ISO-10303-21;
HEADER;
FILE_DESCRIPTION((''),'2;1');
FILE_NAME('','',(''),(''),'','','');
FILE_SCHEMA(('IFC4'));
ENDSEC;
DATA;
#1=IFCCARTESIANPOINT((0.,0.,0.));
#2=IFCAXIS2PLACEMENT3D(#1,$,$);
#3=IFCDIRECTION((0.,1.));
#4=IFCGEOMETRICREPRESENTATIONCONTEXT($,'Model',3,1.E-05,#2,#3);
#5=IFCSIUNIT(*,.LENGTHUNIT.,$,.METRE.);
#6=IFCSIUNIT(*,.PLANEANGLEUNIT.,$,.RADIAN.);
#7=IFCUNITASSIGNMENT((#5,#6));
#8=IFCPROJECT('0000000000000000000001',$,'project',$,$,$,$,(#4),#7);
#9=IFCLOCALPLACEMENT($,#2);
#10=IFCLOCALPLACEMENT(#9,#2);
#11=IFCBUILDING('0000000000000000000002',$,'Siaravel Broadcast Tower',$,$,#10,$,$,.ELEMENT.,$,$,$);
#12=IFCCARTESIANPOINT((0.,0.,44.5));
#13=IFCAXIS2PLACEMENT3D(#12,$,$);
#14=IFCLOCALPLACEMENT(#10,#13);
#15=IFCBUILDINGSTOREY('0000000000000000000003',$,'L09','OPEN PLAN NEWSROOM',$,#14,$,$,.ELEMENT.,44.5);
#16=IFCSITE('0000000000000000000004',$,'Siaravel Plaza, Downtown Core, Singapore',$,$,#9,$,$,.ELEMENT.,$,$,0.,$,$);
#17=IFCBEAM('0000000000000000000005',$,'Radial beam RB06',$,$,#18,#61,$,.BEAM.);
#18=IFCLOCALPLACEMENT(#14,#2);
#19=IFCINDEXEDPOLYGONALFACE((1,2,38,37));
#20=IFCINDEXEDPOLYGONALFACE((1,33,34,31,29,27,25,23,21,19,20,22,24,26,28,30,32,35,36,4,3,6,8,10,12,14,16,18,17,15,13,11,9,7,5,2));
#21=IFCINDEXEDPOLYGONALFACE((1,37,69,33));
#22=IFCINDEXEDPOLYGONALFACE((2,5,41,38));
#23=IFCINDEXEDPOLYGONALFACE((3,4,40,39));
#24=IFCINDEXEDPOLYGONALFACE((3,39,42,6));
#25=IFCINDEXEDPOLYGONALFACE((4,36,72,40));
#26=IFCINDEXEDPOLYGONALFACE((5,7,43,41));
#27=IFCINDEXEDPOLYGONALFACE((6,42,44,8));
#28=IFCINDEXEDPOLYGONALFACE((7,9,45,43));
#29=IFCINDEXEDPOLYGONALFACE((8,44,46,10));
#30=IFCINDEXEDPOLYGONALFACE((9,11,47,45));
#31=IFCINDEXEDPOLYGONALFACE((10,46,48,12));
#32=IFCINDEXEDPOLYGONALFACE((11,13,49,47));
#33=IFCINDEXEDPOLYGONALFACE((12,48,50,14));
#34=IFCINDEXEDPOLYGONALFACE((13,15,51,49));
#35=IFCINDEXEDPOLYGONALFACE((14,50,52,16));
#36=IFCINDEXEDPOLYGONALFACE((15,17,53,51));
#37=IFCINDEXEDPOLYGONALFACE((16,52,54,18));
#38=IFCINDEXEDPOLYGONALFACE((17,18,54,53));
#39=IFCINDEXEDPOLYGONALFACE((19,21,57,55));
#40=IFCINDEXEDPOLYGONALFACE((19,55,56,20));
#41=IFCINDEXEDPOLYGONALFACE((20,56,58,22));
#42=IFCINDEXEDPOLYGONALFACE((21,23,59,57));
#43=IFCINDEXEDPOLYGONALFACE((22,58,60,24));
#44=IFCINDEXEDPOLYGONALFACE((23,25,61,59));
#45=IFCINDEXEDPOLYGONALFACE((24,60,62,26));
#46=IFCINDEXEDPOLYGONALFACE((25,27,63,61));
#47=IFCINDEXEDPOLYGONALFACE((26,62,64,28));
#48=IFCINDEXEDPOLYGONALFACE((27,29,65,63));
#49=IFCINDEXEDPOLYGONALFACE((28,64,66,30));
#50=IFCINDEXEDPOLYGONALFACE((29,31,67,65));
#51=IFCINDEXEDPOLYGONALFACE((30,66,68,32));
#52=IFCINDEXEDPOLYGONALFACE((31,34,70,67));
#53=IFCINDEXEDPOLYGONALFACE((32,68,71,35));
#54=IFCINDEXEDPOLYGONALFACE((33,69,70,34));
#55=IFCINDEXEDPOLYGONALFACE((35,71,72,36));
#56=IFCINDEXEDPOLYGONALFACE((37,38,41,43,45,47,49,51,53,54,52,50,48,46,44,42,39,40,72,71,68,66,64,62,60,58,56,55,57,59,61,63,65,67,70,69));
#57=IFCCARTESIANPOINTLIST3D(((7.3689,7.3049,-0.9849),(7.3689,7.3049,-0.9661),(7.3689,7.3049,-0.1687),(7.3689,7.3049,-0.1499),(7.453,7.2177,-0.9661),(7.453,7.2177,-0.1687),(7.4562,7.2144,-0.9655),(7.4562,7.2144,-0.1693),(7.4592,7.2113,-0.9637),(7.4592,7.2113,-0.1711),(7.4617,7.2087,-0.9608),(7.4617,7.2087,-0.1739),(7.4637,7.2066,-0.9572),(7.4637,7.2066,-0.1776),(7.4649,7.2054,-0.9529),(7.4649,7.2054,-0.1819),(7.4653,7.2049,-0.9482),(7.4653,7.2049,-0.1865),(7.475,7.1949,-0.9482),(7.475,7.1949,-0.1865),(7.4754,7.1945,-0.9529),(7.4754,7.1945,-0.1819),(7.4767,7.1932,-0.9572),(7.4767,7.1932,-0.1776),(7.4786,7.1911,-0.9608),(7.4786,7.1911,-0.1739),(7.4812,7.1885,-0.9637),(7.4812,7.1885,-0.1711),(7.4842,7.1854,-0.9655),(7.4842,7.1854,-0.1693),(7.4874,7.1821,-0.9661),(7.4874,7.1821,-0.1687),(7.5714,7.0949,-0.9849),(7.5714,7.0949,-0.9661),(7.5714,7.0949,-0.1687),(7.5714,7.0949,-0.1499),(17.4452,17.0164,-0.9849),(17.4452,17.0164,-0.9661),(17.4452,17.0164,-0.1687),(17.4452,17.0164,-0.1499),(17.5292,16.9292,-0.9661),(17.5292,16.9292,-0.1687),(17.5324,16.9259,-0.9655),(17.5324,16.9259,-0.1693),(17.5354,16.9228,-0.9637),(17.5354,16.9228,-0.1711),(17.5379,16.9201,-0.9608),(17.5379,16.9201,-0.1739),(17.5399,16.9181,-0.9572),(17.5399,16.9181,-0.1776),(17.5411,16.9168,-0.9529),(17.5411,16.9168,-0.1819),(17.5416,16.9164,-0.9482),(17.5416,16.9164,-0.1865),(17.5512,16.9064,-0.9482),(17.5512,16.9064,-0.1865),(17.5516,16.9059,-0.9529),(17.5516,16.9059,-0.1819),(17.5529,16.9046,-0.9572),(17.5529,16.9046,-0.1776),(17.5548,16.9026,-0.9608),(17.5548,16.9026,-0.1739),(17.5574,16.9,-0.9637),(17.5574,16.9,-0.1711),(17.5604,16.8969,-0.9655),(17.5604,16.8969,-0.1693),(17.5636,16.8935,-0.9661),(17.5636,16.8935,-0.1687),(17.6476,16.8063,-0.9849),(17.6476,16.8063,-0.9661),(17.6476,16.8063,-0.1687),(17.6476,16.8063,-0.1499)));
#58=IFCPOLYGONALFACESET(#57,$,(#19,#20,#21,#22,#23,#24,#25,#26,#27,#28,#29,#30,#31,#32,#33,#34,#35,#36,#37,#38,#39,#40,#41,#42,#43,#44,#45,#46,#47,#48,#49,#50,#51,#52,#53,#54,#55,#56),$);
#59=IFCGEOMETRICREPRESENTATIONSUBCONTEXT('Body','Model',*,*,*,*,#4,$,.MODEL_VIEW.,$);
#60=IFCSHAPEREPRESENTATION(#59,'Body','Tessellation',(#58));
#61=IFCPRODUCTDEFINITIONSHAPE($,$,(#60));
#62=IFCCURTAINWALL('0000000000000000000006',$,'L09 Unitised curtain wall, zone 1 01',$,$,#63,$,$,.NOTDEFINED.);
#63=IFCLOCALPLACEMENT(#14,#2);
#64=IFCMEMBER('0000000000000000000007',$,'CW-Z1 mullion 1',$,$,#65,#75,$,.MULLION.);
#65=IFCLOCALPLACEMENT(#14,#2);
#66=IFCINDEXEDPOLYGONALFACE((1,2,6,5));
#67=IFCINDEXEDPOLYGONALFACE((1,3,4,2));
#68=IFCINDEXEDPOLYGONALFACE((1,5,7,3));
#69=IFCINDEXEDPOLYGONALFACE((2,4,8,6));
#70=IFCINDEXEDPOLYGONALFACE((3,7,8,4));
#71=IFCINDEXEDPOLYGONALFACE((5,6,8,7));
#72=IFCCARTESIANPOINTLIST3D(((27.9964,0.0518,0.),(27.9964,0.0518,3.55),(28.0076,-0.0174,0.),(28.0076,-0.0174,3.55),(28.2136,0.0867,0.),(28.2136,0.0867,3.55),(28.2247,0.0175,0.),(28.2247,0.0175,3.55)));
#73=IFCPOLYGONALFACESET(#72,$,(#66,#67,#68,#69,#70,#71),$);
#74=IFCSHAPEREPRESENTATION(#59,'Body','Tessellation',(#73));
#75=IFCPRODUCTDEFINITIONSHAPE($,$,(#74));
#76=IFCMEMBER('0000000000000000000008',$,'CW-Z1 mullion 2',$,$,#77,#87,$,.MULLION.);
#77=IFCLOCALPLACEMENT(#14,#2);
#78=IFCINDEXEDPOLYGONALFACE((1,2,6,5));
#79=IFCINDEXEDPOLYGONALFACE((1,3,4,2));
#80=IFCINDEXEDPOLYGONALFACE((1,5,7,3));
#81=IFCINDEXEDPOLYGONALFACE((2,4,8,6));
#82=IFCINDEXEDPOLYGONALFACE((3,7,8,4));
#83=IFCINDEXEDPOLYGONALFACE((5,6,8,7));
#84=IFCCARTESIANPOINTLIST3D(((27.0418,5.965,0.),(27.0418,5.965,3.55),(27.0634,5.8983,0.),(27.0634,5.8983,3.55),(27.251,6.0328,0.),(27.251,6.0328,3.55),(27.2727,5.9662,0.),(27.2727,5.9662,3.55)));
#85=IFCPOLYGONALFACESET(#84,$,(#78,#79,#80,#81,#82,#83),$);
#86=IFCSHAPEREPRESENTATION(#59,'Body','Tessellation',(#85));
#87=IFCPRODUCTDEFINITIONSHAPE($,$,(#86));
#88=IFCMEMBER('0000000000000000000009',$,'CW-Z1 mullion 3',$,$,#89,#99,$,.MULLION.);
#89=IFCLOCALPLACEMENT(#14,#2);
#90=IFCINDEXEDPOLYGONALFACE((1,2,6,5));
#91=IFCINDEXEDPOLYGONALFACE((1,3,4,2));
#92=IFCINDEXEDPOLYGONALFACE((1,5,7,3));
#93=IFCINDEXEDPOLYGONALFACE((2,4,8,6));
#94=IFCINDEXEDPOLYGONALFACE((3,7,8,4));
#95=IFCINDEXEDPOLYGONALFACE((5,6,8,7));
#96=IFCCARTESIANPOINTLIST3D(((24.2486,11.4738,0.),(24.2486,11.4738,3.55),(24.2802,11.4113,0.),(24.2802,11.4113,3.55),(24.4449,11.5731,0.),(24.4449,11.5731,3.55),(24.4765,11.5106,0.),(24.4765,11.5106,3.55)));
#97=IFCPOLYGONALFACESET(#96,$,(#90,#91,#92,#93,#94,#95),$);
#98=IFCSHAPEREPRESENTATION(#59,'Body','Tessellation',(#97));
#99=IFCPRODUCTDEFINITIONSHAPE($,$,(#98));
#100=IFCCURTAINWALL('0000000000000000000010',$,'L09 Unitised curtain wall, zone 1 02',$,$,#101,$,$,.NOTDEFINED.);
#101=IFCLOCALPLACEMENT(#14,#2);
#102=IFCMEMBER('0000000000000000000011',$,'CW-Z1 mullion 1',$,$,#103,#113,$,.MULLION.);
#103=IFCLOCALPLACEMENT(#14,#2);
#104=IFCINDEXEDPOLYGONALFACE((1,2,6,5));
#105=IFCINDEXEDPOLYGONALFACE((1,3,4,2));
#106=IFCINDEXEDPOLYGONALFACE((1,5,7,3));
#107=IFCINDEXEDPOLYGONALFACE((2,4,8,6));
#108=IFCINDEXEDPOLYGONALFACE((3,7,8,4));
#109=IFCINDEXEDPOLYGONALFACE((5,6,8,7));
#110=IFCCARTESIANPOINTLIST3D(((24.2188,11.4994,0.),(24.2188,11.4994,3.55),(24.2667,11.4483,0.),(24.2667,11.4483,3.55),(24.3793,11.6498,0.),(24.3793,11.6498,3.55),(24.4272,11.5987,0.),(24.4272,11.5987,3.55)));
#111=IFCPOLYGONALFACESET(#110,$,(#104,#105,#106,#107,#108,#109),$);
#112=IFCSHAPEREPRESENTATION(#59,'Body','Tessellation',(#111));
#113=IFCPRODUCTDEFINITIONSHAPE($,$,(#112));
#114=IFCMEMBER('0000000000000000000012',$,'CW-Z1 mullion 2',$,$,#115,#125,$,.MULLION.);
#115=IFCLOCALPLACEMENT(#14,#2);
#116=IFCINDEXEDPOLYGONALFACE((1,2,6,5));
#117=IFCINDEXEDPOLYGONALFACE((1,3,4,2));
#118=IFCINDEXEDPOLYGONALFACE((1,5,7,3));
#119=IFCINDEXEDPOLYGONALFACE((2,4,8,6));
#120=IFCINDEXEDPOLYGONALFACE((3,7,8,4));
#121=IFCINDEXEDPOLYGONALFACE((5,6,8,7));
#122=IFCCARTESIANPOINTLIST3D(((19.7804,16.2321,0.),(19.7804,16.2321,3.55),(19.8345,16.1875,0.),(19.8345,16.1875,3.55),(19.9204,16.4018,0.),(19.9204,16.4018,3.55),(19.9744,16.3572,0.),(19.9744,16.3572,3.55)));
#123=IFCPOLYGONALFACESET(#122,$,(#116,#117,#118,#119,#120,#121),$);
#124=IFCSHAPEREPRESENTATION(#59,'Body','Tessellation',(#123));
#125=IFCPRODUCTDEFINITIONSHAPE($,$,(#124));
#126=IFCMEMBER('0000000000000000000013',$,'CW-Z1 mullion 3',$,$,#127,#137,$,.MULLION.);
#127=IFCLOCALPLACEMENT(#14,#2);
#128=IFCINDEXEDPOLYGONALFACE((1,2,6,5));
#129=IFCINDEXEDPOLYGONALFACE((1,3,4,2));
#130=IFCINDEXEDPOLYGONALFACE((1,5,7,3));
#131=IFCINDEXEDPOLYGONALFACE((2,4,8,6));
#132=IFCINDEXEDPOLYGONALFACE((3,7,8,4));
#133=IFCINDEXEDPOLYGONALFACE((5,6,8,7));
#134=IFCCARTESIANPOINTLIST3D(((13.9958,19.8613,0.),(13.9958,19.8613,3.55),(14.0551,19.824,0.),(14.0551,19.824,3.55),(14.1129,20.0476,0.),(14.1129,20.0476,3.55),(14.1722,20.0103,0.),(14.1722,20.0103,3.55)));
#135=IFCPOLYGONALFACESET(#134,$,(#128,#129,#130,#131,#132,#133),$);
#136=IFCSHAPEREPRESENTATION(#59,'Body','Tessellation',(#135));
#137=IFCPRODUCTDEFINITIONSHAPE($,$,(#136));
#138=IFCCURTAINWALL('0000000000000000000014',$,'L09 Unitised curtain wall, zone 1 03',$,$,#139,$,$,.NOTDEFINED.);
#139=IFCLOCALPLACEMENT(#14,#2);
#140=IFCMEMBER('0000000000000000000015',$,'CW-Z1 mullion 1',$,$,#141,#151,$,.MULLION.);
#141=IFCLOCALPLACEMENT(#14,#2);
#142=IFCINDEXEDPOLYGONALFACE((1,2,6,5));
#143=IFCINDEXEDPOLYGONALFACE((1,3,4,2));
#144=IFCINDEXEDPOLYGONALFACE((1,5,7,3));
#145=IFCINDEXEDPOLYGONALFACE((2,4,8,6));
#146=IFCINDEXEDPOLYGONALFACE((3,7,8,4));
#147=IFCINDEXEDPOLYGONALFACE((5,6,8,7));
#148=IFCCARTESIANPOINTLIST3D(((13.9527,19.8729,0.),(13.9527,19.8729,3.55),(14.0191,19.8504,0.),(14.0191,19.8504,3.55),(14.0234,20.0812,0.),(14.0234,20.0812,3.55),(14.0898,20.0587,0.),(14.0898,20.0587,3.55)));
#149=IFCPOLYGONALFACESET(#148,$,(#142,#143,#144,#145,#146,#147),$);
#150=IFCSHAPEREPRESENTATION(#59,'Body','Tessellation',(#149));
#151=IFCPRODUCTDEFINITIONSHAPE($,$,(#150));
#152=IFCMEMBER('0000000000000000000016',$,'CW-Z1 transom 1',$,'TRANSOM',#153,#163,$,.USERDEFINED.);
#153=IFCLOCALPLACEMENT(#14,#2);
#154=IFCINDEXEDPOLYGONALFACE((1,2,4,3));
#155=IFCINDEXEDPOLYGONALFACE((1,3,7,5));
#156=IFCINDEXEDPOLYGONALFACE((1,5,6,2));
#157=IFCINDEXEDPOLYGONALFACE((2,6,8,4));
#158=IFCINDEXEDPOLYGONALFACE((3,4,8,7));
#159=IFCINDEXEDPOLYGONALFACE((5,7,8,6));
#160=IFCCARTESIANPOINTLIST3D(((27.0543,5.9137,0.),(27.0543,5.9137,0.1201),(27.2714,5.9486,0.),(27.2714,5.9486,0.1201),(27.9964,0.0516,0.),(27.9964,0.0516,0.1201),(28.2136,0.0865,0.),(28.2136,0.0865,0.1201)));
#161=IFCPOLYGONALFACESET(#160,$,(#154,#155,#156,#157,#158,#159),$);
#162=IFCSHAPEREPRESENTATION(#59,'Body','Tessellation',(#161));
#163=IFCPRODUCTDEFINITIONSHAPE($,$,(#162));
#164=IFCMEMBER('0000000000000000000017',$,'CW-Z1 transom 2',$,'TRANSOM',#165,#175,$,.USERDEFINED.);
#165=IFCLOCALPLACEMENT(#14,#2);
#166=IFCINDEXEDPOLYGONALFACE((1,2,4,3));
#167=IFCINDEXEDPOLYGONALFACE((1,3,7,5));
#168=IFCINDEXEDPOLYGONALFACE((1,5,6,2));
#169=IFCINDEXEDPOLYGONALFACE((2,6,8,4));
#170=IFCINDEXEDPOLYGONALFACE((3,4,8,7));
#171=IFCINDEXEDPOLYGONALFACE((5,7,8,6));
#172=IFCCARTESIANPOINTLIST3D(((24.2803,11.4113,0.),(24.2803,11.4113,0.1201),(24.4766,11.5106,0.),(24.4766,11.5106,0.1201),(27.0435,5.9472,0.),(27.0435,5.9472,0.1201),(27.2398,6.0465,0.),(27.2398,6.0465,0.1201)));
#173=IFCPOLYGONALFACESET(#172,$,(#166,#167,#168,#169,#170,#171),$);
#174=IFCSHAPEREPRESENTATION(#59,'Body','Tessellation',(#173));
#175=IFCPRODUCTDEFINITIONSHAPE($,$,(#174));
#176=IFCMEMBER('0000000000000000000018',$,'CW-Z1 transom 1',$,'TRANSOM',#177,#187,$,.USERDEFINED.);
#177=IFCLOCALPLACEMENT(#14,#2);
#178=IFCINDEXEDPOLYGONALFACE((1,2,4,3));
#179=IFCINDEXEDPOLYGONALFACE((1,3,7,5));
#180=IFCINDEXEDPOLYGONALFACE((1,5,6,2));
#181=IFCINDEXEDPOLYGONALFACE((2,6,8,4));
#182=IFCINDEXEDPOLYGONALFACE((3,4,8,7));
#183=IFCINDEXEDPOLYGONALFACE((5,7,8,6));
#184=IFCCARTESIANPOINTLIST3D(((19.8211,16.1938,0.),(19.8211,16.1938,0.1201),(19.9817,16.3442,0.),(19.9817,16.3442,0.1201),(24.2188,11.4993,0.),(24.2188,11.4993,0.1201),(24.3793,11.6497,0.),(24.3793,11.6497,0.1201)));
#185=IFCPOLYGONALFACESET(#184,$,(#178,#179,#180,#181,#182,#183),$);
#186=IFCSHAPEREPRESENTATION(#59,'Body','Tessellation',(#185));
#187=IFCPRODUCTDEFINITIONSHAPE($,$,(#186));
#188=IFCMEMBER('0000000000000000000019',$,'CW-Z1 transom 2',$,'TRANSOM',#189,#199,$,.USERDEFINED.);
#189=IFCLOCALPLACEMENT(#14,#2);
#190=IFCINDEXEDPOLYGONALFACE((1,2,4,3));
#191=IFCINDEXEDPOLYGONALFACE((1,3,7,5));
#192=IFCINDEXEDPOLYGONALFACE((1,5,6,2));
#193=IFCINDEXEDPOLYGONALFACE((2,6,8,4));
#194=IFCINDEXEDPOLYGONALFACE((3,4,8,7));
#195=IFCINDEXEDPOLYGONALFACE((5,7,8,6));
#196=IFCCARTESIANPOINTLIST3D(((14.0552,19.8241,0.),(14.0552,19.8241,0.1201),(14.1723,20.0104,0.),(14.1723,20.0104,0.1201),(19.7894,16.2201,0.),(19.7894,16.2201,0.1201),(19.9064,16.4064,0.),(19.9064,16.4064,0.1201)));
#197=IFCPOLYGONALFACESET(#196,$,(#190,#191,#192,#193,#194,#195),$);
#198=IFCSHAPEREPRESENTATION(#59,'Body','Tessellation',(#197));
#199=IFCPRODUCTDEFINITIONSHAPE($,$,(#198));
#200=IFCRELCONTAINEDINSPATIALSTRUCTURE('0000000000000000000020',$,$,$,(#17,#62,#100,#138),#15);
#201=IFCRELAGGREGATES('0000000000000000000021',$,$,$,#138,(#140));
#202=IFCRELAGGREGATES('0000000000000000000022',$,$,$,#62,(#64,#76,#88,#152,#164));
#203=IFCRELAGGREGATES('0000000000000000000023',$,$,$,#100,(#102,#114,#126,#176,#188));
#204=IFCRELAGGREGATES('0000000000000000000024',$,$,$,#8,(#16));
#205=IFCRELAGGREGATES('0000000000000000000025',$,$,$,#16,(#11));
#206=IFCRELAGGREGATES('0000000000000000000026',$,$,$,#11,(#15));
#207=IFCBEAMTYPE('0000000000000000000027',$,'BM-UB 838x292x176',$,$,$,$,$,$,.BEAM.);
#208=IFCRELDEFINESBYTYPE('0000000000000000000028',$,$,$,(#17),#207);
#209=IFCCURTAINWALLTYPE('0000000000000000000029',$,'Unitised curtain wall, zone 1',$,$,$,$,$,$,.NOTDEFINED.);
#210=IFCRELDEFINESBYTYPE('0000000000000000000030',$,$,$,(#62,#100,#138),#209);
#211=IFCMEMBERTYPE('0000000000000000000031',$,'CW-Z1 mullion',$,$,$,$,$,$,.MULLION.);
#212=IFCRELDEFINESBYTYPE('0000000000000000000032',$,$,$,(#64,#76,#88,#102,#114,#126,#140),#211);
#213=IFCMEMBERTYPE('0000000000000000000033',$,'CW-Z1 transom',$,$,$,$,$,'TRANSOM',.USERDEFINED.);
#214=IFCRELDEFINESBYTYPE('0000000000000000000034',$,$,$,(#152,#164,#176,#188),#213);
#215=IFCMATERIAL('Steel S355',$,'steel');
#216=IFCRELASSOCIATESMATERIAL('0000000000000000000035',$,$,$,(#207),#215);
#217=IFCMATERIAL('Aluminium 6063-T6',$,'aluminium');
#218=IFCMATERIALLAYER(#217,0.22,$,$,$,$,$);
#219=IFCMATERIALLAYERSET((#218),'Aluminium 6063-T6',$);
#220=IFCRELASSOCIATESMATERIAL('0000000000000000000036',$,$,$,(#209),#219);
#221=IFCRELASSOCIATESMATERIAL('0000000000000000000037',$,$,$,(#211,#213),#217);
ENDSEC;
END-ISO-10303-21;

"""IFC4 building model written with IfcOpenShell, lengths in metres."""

from ifc_helpers import new_model, si_unit, direction, frame, origin, origin_2d, place, context, subcontext, project, spatial, rectangle, i_section, extrude, material, layer, layer_set, material_profile, profile_set, type_object, element, aggregate, save


model = new_model("IFC4")

# Units and contexts
model_context = context("Model", 3, precision=1e-05, world=origin(), true_north=direction((0.0, 1.0)))
body_context = subcontext(model_context, "Body", "Model", "MODEL_VIEW")
ifc_project = project(units=[si_unit("LENGTHUNIT", "METRE"), si_unit("PLANEANGLEUNIT", "RADIAN")], contexts=[model_context])

# Site, building, storey
site_placement = place(None, origin())
site = spatial("IfcSite", under=ifc_project, at=site_placement, Name="Siaravel Plaza, Downtown Core, Singapore", CompositionType="ELEMENT", RefElevation=0.0)
building_placement = place(site_placement, origin())
building = spatial("IfcBuilding", under=site, at=building_placement, Name="Siaravel Broadcast Tower", CompositionType="ELEMENT")
storey_placement = place(building_placement, frame((0.0, 0.0, 44.5)))
storey = spatial("IfcBuildingStorey", under=building, at=storey_placement, Name="L09", Description="OPEN PLAN NEWSROOM", CompositionType="ELEMENT", Elevation=44.5)

# Beam
ifc_material_1 = material(Name="Steel S355", Category="steel")
ifc_material_profile_1 = material_profile(ifc_material_1, i_section(OverallWidth=0.2917, OverallDepth=0.835, WebThickness=0.0139, FlangeThickness=0.0188, FilletRadius=0.0178, at=origin_2d()))
ifc_profile_set_1 = profile_set([ifc_material_profile_1], Name="Steel S355")
beam_type = type_object("IfcBeamType", Name="BM-UB 838x292x176", PredefinedType="BEAM", material=ifc_profile_set_1)
beam_1_placement = place(storey_placement, frame((17.5464, 16.9114, -0.5674), z_axis=(-0.720019, -0.693955, 0.0), x_axis=(0.693955, -0.720019, 0.0)))
element("IfcBeam", 1, at=beam_1_placement, inside=storey, type_object=beam_type, Name="Radial beam RB06", PredefinedType="BEAM", context=body_context, shape_type="SweptSolid", body=[
    extrude(i_section(OverallWidth=0.2917, OverallDepth=0.835, WebThickness=0.0139, FlangeThickness=0.0188, FilletRadius=0.0178, at=origin_2d()), origin(), (0.0, 0.0, 1.0), 13.9944),
])

# Curtain walls, members
ifc_material_2 = material(Name="Aluminium 6063-T6", Category="aluminium")
ifc_layer_1 = layer(ifc_material_2, 0.22)
ifc_layer_set_1 = layer_set([ifc_layer_1], Name="Aluminium 6063-T6")
curtain_wall_type = type_object("IfcCurtainWallType", Name="Unitised curtain wall, zone 1", PredefinedType="NOTDEFINED", material=ifc_layer_set_1)
curtain_wall_1_placement = place(storey_placement, origin())
curtain_wall_1 = element("IfcCurtainWall", 2, at=curtain_wall_1_placement, inside=storey, type_object=curtain_wall_type, Name="L09 Unitised curtain wall, zone 1 01", PredefinedType="NOTDEFINED")
ifc_material_profile_2 = material_profile(ifc_material_2, rectangle(XDim=0.22, YDim=0.0701, at=origin_2d()))
ifc_profile_set_2 = profile_set([ifc_material_profile_2], Name="Aluminium 6063-T6")
member_type_1 = type_object("IfcMemberType", Name="CW-Z1 mullion", PredefinedType="MULLION", material=ifc_profile_set_2)
member_1_placement = place(storey_placement, frame((28.1106, 0.0347, 0.0), z_axis=(0.0, 0.0, 1.0), x_axis=(-0.987329, -0.158686, 0.0)))
member_1 = element("IfcMember", 3, at=member_1_placement, type_object=member_type_1, Name="CW-Z1 mullion 1", PredefinedType="MULLION", context=body_context, shape_type="SweptSolid", body=[
    extrude(rectangle(XDim=0.22, YDim=0.0701, at=origin_2d()), origin(), (0.0, 0.0, 1.0), 3.55),
])
member_2_placement = place(storey_placement, frame((27.1572, 5.9656, 0.0), z_axis=(0.0, 0.0, 1.0), x_axis=(-0.951177, -0.308646, 0.0)))
member_2 = element("IfcMember", 4, at=member_2_placement, type_object=member_type_1, Name="CW-Z1 mullion 2", PredefinedType="MULLION", context=body_context, shape_type="SweptSolid", body=[
    extrude(rectangle(XDim=0.22, YDim=0.0701, at=origin_2d()), origin(), (0.0, 0.0, 1.0), 3.55),
])
member_3_placement = place(storey_placement, frame((24.3625, 11.4922, 0.0), z_axis=(0.0, 0.0, 1.0), x_axis=(-0.892392, -0.451261, 0.0)))
member_3 = element("IfcMember", 5, at=member_3_placement, type_object=member_type_1, Name="CW-Z1 mullion 3", PredefinedType="MULLION", context=body_context, shape_type="SweptSolid", body=[
    extrude(rectangle(XDim=0.22, YDim=0.0701, at=origin_2d()), origin(), (0.0, 0.0, 1.0), 3.55),
])
curtain_wall_2_placement = place(storey_placement, origin())
curtain_wall_2 = element("IfcCurtainWall", 6, at=curtain_wall_2_placement, inside=storey, type_object=curtain_wall_type, Name="L09 Unitised curtain wall, zone 1 02", PredefinedType="NOTDEFINED")
member_4_placement = place(storey_placement, frame((24.323, 11.5491, 0.0), z_axis=(0.0, 0.0, 1.0), x_axis=(-0.729805, -0.683655, 0.0)))
member_4 = element("IfcMember", 7, at=member_4_placement, type_object=member_type_1, Name="CW-Z1 mullion 1", PredefinedType="MULLION", context=body_context, shape_type="SweptSolid", body=[
    extrude(rectangle(XDim=0.22, YDim=0.0701, at=origin_2d()), origin(), (0.0, 0.0, 1.0), 3.55),
])
member_5_placement = place(storey_placement, frame((19.8774, 16.2947, 0.0), z_axis=(0.0, 0.0, 1.0), x_axis=(-0.636218, -0.771509, 0.0)))
member_5 = element("IfcMember", 8, at=member_5_placement, type_object=member_type_1, Name="CW-Z1 mullion 2", PredefinedType="MULLION", context=body_context, shape_type="SweptSolid", body=[
    extrude(rectangle(XDim=0.22, YDim=0.0701, at=origin_2d()), origin(), (0.0, 0.0, 1.0), 3.55),
])
member_6_placement = place(storey_placement, frame((14.084, 19.9358, 0.0), z_axis=(0.0, 0.0, 1.0), x_axis=(-0.532149, -0.846651, 0.0)))
member_6 = element("IfcMember", 9, at=member_6_placement, type_object=member_type_1, Name="CW-Z1 mullion 3", PredefinedType="MULLION", context=body_context, shape_type="SweptSolid", body=[
    extrude(rectangle(XDim=0.22, YDim=0.0701, at=origin_2d()), origin(), (0.0, 0.0, 1.0), 3.55),
])

# Curtain wall, member
curtain_wall_3_placement = place(storey_placement, origin())
curtain_wall_3 = element("IfcCurtainWall", 10, at=curtain_wall_3_placement, inside=storey, type_object=curtain_wall_type, Name="L09 Unitised curtain wall, zone 1 03", PredefinedType="NOTDEFINED")
member_7_placement = place(storey_placement, frame((14.0212, 19.9658, 0.0), z_axis=(0.0, 0.0, 1.0), x_axis=(-0.321301, -0.946977, 0.0)))
member_7 = element("IfcMember", 11, at=member_7_placement, type_object=member_type_1, Name="CW-Z1 mullion 1", PredefinedType="MULLION", context=body_context, shape_type="SweptSolid", body=[
    extrude(rectangle(XDim=0.22, YDim=0.0701, at=origin_2d()), origin(), (0.0, 0.0, 1.0), 3.55),
])

# Members
ifc_material_profile_3 = material_profile(ifc_material_2, rectangle(XDim=0.22, YDim=0.1201, at=origin_2d()))
ifc_profile_set_3 = profile_set([ifc_material_profile_3], Name="Aluminium 6063-T6")
member_type_2 = type_object("IfcMemberType", Name="CW-Z1 transom", ElementType="TRANSOM", PredefinedType="USERDEFINED", material=ifc_profile_set_3)
member_8_placement = place(storey_placement, frame((28.105, 0.0691, 0.0601), z_axis=(-0.158682, 0.98733, 0.0), x_axis=(-0.98733, -0.158682, 0.0)))
member_8 = element("IfcMember", 12, at=member_8_placement, type_object=member_type_2, Name="CW-Z1 transom 1", ObjectType="TRANSOM", PredefinedType="USERDEFINED", context=body_context, shape_type="SweptSolid", body=[
    extrude(rectangle(XDim=0.22, YDim=0.1201, at=origin_2d()), origin(), (0.0, 0.0, 1.0), 5.9373),
])
member_9_placement = place(storey_placement, frame((27.1416, 5.9968, 0.0601), z_axis=(-0.451276, 0.892384, 0.0), x_axis=(-0.892384, -0.451276, 0.0)))
member_9 = element("IfcMember", 13, at=member_9_placement, type_object=member_type_2, Name="CW-Z1 transom 2", ObjectType="TRANSOM", PredefinedType="USERDEFINED", context=body_context, shape_type="SweptSolid", body=[
    extrude(rectangle(XDim=0.22, YDim=0.1201, at=origin_2d()), origin(), (0.0, 0.0, 1.0), 6.123),
])
member_10_placement = place(storey_placement, frame((24.2991, 11.5745, 0.0601), z_axis=(-0.683654, 0.729806, 0.0), x_axis=(-0.729806, -0.683654, 0.0)))
member_10 = element("IfcMember", 14, at=member_10_placement, type_object=member_type_2, Name="CW-Z1 transom 1", ObjectType="TRANSOM", PredefinedType="USERDEFINED", context=body_context, shape_type="SweptSolid", body=[
    extrude(rectangle(XDim=0.22, YDim=0.1201, at=origin_2d()), origin(), (0.0, 0.0, 1.0), 6.4326),
])
member_11_placement = place(storey_placement, frame((19.8479, 16.3132, 0.0601), z_axis=(-0.846657, 0.532139, 0.0), x_axis=(-0.532139, -0.846657, 0.0)))
member_11 = element("IfcMember", 15, at=member_11_placement, type_object=member_type_2, Name="CW-Z1 transom 2", ObjectType="TRANSOM", PredefinedType="USERDEFINED", context=body_context, shape_type="SweptSolid", body=[
    extrude(rectangle(XDim=0.22, YDim=0.1201, at=origin_2d()), origin(), (0.0, 0.0, 1.0), 6.7727),
])
aggregate(curtain_wall_3, [member_7])

aggregate(curtain_wall_1, [member_1, member_2, member_3, member_8, member_9])
aggregate(curtain_wall_2, [member_4, member_5, member_6, member_10, member_11])

save(model, "model.ifc")
